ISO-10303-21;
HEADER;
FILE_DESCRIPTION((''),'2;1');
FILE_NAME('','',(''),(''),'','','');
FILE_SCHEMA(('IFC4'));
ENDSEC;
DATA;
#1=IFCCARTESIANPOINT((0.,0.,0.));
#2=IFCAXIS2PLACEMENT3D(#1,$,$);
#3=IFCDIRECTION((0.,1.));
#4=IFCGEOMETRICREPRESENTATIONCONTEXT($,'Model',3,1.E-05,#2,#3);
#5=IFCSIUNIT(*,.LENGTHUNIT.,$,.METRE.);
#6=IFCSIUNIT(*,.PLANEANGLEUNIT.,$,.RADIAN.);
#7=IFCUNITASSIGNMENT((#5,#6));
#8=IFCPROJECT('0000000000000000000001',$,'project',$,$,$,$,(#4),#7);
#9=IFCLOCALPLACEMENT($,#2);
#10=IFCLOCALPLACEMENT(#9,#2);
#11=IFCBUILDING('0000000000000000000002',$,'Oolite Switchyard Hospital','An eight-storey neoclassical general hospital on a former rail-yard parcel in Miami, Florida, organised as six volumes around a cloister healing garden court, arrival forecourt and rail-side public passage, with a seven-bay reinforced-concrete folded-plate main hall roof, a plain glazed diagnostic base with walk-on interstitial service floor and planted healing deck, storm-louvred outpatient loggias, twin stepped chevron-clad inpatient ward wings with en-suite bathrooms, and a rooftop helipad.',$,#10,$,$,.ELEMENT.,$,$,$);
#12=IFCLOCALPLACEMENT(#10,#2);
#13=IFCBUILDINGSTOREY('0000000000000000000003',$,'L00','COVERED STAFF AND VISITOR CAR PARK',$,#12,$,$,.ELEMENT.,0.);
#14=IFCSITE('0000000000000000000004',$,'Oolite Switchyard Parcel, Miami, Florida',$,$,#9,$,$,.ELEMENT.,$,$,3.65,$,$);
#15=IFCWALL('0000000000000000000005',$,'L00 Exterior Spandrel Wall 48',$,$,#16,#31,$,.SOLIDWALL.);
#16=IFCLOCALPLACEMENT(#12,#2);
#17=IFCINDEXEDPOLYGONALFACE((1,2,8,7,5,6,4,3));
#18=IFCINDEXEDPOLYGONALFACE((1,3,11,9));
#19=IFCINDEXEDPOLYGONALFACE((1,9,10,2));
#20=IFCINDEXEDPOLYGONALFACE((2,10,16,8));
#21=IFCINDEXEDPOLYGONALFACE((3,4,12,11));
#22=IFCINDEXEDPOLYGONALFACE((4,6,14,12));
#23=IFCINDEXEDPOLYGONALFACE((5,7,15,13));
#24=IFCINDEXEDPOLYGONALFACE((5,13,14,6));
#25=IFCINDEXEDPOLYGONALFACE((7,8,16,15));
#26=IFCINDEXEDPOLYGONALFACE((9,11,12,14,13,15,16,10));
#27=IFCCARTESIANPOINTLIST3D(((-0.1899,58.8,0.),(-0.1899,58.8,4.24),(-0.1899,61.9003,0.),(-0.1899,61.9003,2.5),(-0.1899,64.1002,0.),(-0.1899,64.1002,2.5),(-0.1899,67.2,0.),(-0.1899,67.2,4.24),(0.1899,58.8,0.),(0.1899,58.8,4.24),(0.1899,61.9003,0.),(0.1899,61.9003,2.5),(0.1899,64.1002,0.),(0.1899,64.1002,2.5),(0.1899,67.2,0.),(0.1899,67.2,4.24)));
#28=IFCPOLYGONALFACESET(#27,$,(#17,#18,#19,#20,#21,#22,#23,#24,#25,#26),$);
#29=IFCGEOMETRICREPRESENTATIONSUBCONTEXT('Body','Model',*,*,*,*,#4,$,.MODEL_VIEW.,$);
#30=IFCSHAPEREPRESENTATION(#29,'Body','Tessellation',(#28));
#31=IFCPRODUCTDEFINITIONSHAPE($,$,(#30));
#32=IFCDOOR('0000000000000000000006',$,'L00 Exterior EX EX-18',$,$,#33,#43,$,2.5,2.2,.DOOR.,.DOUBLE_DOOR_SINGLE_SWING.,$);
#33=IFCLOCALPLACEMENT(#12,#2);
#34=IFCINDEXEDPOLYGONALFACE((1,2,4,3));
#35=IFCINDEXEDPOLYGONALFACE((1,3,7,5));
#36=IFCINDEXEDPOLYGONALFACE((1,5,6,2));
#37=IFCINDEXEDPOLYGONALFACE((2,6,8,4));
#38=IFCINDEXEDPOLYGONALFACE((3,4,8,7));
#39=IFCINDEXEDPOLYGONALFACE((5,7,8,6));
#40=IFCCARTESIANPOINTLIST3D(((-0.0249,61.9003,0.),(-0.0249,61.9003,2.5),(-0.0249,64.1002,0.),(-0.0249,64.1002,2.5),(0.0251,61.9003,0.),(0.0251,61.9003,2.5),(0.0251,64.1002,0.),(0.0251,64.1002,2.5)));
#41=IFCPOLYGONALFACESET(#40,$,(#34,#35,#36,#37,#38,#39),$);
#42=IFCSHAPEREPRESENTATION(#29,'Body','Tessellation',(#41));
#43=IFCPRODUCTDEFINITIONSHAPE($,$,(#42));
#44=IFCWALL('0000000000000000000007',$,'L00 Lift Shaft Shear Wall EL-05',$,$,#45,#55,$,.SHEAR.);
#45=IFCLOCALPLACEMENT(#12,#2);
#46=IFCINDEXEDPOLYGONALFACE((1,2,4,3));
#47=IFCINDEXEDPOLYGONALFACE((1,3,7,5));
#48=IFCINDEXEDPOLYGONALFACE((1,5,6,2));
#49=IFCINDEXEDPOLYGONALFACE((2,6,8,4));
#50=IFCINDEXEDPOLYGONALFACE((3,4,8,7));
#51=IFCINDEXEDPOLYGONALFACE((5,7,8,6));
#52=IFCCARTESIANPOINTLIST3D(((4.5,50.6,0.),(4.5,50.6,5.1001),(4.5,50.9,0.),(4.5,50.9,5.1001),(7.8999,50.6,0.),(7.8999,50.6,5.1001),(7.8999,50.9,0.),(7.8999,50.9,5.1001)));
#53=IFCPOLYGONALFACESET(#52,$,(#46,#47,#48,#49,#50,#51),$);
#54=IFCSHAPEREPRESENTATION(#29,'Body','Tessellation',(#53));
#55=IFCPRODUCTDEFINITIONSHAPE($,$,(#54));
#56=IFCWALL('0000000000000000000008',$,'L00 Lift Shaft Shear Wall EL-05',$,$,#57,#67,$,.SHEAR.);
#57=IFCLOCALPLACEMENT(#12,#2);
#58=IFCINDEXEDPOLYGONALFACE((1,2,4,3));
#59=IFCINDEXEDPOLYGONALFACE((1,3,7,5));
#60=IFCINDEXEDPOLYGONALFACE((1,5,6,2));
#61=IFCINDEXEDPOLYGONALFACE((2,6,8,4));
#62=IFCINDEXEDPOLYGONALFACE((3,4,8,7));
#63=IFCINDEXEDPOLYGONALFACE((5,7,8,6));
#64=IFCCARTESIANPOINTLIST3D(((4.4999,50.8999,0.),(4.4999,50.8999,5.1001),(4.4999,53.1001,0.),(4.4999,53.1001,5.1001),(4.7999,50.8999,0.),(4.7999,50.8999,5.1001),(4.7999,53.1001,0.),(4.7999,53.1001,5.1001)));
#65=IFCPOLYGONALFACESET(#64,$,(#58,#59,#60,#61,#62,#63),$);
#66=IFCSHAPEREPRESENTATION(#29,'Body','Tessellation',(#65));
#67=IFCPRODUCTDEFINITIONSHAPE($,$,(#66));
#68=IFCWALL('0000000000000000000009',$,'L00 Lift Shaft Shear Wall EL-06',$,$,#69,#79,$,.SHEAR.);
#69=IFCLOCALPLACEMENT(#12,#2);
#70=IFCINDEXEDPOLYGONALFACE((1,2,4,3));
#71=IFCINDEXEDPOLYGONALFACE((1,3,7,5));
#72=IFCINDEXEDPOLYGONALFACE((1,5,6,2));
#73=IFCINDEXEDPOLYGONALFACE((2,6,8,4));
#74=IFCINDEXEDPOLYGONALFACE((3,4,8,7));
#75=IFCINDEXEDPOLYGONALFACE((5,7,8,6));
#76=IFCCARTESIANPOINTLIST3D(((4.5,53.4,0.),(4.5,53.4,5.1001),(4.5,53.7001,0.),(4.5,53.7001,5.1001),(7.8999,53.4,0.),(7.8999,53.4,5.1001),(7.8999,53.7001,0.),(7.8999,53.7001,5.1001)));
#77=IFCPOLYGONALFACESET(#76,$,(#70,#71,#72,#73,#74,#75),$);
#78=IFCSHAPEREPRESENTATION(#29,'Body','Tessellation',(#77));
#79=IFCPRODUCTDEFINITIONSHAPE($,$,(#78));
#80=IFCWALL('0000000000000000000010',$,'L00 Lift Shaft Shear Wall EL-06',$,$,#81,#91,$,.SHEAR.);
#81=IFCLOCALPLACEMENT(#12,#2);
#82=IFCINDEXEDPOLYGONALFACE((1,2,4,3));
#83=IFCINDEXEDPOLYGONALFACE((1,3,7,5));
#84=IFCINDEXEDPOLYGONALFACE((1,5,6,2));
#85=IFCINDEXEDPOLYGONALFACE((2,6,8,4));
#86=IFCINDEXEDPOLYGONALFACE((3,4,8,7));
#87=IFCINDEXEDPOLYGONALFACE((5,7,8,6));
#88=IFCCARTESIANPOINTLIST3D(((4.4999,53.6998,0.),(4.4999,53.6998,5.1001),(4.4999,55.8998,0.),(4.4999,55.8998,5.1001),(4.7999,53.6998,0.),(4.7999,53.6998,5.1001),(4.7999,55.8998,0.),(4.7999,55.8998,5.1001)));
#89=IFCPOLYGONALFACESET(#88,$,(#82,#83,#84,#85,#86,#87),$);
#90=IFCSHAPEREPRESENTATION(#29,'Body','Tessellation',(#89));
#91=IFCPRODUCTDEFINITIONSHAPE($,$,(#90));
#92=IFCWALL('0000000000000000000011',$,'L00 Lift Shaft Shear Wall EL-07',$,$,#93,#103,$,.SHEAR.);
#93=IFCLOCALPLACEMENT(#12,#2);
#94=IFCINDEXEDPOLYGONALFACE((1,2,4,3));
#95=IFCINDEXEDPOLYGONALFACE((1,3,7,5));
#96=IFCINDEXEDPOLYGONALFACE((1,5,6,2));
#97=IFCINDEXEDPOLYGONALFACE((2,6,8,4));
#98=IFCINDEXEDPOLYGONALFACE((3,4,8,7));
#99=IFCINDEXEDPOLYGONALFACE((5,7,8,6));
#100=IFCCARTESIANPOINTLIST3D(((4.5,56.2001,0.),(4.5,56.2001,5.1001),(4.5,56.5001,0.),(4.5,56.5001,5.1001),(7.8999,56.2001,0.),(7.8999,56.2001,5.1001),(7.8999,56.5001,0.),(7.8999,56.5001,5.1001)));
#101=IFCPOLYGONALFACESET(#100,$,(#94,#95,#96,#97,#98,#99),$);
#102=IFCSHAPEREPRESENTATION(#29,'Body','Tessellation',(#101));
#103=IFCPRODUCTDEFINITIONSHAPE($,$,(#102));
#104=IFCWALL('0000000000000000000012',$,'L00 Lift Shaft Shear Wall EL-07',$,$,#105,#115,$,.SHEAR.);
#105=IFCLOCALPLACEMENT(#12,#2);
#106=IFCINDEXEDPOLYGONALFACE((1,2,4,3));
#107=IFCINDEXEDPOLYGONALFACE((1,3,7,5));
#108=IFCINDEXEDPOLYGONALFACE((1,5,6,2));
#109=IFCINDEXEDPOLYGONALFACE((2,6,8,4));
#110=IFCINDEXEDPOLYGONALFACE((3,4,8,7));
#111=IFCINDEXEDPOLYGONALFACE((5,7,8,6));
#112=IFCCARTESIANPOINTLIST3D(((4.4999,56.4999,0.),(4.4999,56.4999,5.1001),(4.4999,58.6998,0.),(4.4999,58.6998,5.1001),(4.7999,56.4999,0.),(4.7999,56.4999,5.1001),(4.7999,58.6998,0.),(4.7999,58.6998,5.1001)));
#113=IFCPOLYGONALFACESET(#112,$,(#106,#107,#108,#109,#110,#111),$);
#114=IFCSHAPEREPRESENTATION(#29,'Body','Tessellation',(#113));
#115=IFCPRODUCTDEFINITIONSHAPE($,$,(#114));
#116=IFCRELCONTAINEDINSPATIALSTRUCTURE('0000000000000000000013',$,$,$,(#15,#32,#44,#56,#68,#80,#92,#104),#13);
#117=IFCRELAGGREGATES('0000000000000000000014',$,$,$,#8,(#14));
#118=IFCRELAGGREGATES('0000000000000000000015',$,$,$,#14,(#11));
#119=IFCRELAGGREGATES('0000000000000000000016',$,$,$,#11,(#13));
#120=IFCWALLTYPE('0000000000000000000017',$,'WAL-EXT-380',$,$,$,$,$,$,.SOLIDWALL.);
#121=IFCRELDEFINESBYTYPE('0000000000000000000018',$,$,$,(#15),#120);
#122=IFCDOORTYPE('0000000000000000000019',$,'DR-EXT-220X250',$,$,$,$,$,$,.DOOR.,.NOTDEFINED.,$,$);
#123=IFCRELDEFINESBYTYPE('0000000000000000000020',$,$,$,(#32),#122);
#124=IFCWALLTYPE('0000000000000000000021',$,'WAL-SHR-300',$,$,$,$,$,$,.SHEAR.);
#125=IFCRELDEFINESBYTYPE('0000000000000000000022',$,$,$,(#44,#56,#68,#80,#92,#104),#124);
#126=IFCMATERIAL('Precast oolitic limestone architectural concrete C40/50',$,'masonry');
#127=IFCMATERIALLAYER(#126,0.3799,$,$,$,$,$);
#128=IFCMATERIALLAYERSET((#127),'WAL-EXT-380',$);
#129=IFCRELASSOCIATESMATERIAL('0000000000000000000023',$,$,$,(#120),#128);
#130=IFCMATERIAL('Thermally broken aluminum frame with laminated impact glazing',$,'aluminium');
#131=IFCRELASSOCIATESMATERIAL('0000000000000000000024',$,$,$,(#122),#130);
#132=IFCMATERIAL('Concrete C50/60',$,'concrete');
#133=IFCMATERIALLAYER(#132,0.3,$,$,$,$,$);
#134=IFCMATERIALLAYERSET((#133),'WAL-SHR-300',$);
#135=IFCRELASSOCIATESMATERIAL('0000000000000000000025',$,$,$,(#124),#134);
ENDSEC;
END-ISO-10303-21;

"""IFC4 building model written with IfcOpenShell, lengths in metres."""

from ifc_helpers import new_model, si_unit, direction, frame, frame_2d, origin, place, context, subcontext, project, spatial, rectangle, extrude, material, layer, layer_set, type_object, element, fill, save


model = new_model("IFC4")

# Units and contexts
model_context = context("Model", 3, precision=1e-05, world=origin(), true_north=direction((0.0, 1.0)))
body_context = subcontext(model_context, "Body", "Model", "MODEL_VIEW")
ifc_project = project(units=[si_unit("LENGTHUNIT", "METRE"), si_unit("PLANEANGLEUNIT", "RADIAN")], contexts=[model_context])

# Site, building, storey
site_placement = place(None, origin())
site = spatial("IfcSite", under=ifc_project, at=site_placement, Name="Oolite Switchyard Parcel, Miami, Florida", CompositionType="ELEMENT", RefElevation=3.65)
building_placement = place(site_placement, origin())
building = spatial("IfcBuilding", under=site, at=building_placement, Name="Oolite Switchyard Hospital", Description="An eight-storey neoclassical general hospital on a former rail-yard parcel in Miami, Florida, organised as six volumes around a cloister healing garden court, arrival forecourt and rail-side public passage, with a seven-bay reinforced-concrete folded-plate main hall roof, a plain glazed diagnostic base with walk-on interstitial service floor and planted healing deck, storm-louvred outpatient loggias, twin stepped chevron-clad inpatient ward wings with en-suite bathrooms, and a rooftop helipad.", CompositionType="ELEMENT")
storey_placement = place(building_placement, origin())
storey = spatial("IfcBuildingStorey", under=building, at=storey_placement, Name="L00", Description="COVERED STAFF AND VISITOR CAR PARK", CompositionType="ELEMENT", Elevation=0.0)

# Shared definitions
ifc_material_1 = material(Name="Concrete C50/60", Category="concrete")

# Shared definitions
ifc_material_2 = material(Name="Precast oolitic limestone architectural concrete C40/50", Category="masonry")

# Wall, opening, door
ifc_layer_1 = layer(ifc_material_2, 0.3799)
ifc_layer_set_1 = layer_set([ifc_layer_1], Name="WAL-EXT-380")
wall_type_1 = type_object("IfcWallType", Name="WAL-EXT-380", PredefinedType="SOLIDWALL", material=ifc_layer_set_1)
wall_1_placement = place(storey_placement, frame((0.0, 58.8, 0.0), z_axis=(0.0, 0.0, 1.0), x_axis=(0.0, 1.0, 0.0)))
wall_1 = element("IfcWall", 1, at=wall_1_placement, inside=storey, type_object=wall_type_1, Name="L00 Exterior Spandrel Wall 48", PredefinedType="SOLIDWALL", context=body_context, shape_type="SweptSolid", body=[
    extrude(rectangle(XDim=8.3999, YDim=0.3799, at=frame_2d((4.2, 0.0))), origin(), (0.0, 0.0, 1.0), 4.24),
])
opening_placement = place(wall_1_placement, frame((3.1001, 0.0, 0.0)))
opening = element("IfcOpeningElement", 2, at=opening_placement, cuts=wall_1, PredefinedType="OPENING", context=body_context, shape_type="SweptSolid", body=[
    extrude(rectangle(XDim=2.2, YDim=2.5, at=frame_2d((1.1001, 1.25))), frame((0.0, 0.2, 0.0), z_axis=(0.0, -1.0, 0.0), x_axis=(1.0, 0.0, 0.0)), (0.0, 0.0, 1.0), 0.3999),
])
ifc_material_3 = material(Name="Thermally broken aluminum frame with laminated impact glazing", Category="aluminium")
door_type = type_object("IfcDoorType", Name="DR-EXT-220X250", OperationType="NOTDEFINED", PredefinedType="DOOR", material=ifc_material_3)
door_placement = place(opening_placement, origin())
door = element("IfcDoor", 3, at=door_placement, inside=storey, type_object=door_type, Name="L00 Exterior EX EX-18", OperationType="DOUBLE_DOOR_SINGLE_SWING", OverallHeight=2.5, OverallWidth=2.2, PredefinedType="DOOR", context=body_context, shape_type="SweptSolid", body=[
    extrude(rectangle(XDim=2.2, YDim=2.5, at=frame_2d((1.1001, 1.25))), frame((0.0, 0.0249, 0.0), z_axis=(0.0, -1.0, 0.0), x_axis=(1.0, 0.0, 0.0)), (0.0, 0.0, 1.0), 0.05),
])
fill(opening, door)

# Walls
ifc_layer_2 = layer(ifc_material_1, 0.3)
ifc_layer_set_2 = layer_set([ifc_layer_2], Name="WAL-SHR-300")
wall_type_2 = type_object("IfcWallType", Name="WAL-SHR-300", PredefinedType="SHEAR", material=ifc_layer_set_2)
wall_2_placement = place(storey_placement, frame((4.5, 50.75, 0.0), z_axis=(0.0, 0.0, 1.0), x_axis=(1.0, 0.0, 0.0)))
element("IfcWall", 4, at=wall_2_placement, inside=storey, type_object=wall_type_2, Name="L00 Lift Shaft Shear Wall EL-05", PredefinedType="SHEAR", context=body_context, shape_type="SweptSolid", body=[
    extrude(rectangle(XDim=3.3999, YDim=0.3, at=frame_2d((1.7, 0.0))), origin(), (0.0, 0.0, 1.0), 5.1001),
])
wall_3_placement = place(storey_placement, frame((4.6499, 53.1001, 0.0), z_axis=(0.0, 0.0, 1.0), x_axis=(0.0, -1.0, 0.0)))
element("IfcWall", 5, at=wall_3_placement, inside=storey, type_object=wall_type_2, Name="L00 Lift Shaft Shear Wall EL-05", PredefinedType="SHEAR", context=body_context, shape_type="SweptSolid", body=[
    extrude(rectangle(XDim=2.2002, YDim=0.3, at=frame_2d((1.1001, 0.0))), origin(), (0.0, 0.0, 1.0), 5.1001),
])
wall_4_placement = place(storey_placement, frame((4.5, 53.55, 0.0), z_axis=(0.0, 0.0, 1.0), x_axis=(1.0, 0.0, 0.0)))
element("IfcWall", 6, at=wall_4_placement, inside=storey, type_object=wall_type_2, Name="L00 Lift Shaft Shear Wall EL-06", PredefinedType="SHEAR", context=body_context, shape_type="SweptSolid", body=[
    extrude(rectangle(XDim=3.3999, YDim=0.3, at=frame_2d((1.7, 0.0))), origin(), (0.0, 0.0, 1.0), 5.1001),
])
wall_5_placement = place(storey_placement, frame((4.6499, 55.8999, 0.0), z_axis=(0.0, 0.0, 1.0), x_axis=(0.0, -1.0, 0.0)))
element("IfcWall", 7, at=wall_5_placement, inside=storey, type_object=wall_type_2, Name="L00 Lift Shaft Shear Wall EL-06", PredefinedType="SHEAR", context=body_context, shape_type="SweptSolid", body=[
    extrude(rectangle(XDim=2.2, YDim=0.3, at=frame_2d((1.1001, 0.0))), origin(), (0.0, 0.0, 1.0), 5.1001),
])
wall_6_placement = place(storey_placement, frame((4.5, 56.3501, 0.0), z_axis=(0.0, 0.0, 1.0), x_axis=(1.0, 0.0, 0.0)))
element("IfcWall", 8, at=wall_6_placement, inside=storey, type_object=wall_type_2, Name="L00 Lift Shaft Shear Wall EL-07", PredefinedType="SHEAR", context=body_context, shape_type="SweptSolid", body=[
    extrude(rectangle(XDim=3.3999, YDim=0.3, at=frame_2d((1.7, 0.0))), origin(), (0.0, 0.0, 1.0), 5.1001),
])
wall_7_placement = place(storey_placement, frame((4.6499, 58.7, 0.0), z_axis=(0.0, 0.0, 1.0), x_axis=(0.0, -1.0, 0.0)))
element("IfcWall", 9, at=wall_7_placement, inside=storey, type_object=wall_type_2, Name="L00 Lift Shaft Shear Wall EL-07", PredefinedType="SHEAR", context=body_context, shape_type="SweptSolid", body=[
    extrude(rectangle(XDim=2.2, YDim=0.3, at=frame_2d((1.1001, 0.0))), origin(), (0.0, 0.0, 1.0), 5.1001),
])

save(model, "model.ifc")
